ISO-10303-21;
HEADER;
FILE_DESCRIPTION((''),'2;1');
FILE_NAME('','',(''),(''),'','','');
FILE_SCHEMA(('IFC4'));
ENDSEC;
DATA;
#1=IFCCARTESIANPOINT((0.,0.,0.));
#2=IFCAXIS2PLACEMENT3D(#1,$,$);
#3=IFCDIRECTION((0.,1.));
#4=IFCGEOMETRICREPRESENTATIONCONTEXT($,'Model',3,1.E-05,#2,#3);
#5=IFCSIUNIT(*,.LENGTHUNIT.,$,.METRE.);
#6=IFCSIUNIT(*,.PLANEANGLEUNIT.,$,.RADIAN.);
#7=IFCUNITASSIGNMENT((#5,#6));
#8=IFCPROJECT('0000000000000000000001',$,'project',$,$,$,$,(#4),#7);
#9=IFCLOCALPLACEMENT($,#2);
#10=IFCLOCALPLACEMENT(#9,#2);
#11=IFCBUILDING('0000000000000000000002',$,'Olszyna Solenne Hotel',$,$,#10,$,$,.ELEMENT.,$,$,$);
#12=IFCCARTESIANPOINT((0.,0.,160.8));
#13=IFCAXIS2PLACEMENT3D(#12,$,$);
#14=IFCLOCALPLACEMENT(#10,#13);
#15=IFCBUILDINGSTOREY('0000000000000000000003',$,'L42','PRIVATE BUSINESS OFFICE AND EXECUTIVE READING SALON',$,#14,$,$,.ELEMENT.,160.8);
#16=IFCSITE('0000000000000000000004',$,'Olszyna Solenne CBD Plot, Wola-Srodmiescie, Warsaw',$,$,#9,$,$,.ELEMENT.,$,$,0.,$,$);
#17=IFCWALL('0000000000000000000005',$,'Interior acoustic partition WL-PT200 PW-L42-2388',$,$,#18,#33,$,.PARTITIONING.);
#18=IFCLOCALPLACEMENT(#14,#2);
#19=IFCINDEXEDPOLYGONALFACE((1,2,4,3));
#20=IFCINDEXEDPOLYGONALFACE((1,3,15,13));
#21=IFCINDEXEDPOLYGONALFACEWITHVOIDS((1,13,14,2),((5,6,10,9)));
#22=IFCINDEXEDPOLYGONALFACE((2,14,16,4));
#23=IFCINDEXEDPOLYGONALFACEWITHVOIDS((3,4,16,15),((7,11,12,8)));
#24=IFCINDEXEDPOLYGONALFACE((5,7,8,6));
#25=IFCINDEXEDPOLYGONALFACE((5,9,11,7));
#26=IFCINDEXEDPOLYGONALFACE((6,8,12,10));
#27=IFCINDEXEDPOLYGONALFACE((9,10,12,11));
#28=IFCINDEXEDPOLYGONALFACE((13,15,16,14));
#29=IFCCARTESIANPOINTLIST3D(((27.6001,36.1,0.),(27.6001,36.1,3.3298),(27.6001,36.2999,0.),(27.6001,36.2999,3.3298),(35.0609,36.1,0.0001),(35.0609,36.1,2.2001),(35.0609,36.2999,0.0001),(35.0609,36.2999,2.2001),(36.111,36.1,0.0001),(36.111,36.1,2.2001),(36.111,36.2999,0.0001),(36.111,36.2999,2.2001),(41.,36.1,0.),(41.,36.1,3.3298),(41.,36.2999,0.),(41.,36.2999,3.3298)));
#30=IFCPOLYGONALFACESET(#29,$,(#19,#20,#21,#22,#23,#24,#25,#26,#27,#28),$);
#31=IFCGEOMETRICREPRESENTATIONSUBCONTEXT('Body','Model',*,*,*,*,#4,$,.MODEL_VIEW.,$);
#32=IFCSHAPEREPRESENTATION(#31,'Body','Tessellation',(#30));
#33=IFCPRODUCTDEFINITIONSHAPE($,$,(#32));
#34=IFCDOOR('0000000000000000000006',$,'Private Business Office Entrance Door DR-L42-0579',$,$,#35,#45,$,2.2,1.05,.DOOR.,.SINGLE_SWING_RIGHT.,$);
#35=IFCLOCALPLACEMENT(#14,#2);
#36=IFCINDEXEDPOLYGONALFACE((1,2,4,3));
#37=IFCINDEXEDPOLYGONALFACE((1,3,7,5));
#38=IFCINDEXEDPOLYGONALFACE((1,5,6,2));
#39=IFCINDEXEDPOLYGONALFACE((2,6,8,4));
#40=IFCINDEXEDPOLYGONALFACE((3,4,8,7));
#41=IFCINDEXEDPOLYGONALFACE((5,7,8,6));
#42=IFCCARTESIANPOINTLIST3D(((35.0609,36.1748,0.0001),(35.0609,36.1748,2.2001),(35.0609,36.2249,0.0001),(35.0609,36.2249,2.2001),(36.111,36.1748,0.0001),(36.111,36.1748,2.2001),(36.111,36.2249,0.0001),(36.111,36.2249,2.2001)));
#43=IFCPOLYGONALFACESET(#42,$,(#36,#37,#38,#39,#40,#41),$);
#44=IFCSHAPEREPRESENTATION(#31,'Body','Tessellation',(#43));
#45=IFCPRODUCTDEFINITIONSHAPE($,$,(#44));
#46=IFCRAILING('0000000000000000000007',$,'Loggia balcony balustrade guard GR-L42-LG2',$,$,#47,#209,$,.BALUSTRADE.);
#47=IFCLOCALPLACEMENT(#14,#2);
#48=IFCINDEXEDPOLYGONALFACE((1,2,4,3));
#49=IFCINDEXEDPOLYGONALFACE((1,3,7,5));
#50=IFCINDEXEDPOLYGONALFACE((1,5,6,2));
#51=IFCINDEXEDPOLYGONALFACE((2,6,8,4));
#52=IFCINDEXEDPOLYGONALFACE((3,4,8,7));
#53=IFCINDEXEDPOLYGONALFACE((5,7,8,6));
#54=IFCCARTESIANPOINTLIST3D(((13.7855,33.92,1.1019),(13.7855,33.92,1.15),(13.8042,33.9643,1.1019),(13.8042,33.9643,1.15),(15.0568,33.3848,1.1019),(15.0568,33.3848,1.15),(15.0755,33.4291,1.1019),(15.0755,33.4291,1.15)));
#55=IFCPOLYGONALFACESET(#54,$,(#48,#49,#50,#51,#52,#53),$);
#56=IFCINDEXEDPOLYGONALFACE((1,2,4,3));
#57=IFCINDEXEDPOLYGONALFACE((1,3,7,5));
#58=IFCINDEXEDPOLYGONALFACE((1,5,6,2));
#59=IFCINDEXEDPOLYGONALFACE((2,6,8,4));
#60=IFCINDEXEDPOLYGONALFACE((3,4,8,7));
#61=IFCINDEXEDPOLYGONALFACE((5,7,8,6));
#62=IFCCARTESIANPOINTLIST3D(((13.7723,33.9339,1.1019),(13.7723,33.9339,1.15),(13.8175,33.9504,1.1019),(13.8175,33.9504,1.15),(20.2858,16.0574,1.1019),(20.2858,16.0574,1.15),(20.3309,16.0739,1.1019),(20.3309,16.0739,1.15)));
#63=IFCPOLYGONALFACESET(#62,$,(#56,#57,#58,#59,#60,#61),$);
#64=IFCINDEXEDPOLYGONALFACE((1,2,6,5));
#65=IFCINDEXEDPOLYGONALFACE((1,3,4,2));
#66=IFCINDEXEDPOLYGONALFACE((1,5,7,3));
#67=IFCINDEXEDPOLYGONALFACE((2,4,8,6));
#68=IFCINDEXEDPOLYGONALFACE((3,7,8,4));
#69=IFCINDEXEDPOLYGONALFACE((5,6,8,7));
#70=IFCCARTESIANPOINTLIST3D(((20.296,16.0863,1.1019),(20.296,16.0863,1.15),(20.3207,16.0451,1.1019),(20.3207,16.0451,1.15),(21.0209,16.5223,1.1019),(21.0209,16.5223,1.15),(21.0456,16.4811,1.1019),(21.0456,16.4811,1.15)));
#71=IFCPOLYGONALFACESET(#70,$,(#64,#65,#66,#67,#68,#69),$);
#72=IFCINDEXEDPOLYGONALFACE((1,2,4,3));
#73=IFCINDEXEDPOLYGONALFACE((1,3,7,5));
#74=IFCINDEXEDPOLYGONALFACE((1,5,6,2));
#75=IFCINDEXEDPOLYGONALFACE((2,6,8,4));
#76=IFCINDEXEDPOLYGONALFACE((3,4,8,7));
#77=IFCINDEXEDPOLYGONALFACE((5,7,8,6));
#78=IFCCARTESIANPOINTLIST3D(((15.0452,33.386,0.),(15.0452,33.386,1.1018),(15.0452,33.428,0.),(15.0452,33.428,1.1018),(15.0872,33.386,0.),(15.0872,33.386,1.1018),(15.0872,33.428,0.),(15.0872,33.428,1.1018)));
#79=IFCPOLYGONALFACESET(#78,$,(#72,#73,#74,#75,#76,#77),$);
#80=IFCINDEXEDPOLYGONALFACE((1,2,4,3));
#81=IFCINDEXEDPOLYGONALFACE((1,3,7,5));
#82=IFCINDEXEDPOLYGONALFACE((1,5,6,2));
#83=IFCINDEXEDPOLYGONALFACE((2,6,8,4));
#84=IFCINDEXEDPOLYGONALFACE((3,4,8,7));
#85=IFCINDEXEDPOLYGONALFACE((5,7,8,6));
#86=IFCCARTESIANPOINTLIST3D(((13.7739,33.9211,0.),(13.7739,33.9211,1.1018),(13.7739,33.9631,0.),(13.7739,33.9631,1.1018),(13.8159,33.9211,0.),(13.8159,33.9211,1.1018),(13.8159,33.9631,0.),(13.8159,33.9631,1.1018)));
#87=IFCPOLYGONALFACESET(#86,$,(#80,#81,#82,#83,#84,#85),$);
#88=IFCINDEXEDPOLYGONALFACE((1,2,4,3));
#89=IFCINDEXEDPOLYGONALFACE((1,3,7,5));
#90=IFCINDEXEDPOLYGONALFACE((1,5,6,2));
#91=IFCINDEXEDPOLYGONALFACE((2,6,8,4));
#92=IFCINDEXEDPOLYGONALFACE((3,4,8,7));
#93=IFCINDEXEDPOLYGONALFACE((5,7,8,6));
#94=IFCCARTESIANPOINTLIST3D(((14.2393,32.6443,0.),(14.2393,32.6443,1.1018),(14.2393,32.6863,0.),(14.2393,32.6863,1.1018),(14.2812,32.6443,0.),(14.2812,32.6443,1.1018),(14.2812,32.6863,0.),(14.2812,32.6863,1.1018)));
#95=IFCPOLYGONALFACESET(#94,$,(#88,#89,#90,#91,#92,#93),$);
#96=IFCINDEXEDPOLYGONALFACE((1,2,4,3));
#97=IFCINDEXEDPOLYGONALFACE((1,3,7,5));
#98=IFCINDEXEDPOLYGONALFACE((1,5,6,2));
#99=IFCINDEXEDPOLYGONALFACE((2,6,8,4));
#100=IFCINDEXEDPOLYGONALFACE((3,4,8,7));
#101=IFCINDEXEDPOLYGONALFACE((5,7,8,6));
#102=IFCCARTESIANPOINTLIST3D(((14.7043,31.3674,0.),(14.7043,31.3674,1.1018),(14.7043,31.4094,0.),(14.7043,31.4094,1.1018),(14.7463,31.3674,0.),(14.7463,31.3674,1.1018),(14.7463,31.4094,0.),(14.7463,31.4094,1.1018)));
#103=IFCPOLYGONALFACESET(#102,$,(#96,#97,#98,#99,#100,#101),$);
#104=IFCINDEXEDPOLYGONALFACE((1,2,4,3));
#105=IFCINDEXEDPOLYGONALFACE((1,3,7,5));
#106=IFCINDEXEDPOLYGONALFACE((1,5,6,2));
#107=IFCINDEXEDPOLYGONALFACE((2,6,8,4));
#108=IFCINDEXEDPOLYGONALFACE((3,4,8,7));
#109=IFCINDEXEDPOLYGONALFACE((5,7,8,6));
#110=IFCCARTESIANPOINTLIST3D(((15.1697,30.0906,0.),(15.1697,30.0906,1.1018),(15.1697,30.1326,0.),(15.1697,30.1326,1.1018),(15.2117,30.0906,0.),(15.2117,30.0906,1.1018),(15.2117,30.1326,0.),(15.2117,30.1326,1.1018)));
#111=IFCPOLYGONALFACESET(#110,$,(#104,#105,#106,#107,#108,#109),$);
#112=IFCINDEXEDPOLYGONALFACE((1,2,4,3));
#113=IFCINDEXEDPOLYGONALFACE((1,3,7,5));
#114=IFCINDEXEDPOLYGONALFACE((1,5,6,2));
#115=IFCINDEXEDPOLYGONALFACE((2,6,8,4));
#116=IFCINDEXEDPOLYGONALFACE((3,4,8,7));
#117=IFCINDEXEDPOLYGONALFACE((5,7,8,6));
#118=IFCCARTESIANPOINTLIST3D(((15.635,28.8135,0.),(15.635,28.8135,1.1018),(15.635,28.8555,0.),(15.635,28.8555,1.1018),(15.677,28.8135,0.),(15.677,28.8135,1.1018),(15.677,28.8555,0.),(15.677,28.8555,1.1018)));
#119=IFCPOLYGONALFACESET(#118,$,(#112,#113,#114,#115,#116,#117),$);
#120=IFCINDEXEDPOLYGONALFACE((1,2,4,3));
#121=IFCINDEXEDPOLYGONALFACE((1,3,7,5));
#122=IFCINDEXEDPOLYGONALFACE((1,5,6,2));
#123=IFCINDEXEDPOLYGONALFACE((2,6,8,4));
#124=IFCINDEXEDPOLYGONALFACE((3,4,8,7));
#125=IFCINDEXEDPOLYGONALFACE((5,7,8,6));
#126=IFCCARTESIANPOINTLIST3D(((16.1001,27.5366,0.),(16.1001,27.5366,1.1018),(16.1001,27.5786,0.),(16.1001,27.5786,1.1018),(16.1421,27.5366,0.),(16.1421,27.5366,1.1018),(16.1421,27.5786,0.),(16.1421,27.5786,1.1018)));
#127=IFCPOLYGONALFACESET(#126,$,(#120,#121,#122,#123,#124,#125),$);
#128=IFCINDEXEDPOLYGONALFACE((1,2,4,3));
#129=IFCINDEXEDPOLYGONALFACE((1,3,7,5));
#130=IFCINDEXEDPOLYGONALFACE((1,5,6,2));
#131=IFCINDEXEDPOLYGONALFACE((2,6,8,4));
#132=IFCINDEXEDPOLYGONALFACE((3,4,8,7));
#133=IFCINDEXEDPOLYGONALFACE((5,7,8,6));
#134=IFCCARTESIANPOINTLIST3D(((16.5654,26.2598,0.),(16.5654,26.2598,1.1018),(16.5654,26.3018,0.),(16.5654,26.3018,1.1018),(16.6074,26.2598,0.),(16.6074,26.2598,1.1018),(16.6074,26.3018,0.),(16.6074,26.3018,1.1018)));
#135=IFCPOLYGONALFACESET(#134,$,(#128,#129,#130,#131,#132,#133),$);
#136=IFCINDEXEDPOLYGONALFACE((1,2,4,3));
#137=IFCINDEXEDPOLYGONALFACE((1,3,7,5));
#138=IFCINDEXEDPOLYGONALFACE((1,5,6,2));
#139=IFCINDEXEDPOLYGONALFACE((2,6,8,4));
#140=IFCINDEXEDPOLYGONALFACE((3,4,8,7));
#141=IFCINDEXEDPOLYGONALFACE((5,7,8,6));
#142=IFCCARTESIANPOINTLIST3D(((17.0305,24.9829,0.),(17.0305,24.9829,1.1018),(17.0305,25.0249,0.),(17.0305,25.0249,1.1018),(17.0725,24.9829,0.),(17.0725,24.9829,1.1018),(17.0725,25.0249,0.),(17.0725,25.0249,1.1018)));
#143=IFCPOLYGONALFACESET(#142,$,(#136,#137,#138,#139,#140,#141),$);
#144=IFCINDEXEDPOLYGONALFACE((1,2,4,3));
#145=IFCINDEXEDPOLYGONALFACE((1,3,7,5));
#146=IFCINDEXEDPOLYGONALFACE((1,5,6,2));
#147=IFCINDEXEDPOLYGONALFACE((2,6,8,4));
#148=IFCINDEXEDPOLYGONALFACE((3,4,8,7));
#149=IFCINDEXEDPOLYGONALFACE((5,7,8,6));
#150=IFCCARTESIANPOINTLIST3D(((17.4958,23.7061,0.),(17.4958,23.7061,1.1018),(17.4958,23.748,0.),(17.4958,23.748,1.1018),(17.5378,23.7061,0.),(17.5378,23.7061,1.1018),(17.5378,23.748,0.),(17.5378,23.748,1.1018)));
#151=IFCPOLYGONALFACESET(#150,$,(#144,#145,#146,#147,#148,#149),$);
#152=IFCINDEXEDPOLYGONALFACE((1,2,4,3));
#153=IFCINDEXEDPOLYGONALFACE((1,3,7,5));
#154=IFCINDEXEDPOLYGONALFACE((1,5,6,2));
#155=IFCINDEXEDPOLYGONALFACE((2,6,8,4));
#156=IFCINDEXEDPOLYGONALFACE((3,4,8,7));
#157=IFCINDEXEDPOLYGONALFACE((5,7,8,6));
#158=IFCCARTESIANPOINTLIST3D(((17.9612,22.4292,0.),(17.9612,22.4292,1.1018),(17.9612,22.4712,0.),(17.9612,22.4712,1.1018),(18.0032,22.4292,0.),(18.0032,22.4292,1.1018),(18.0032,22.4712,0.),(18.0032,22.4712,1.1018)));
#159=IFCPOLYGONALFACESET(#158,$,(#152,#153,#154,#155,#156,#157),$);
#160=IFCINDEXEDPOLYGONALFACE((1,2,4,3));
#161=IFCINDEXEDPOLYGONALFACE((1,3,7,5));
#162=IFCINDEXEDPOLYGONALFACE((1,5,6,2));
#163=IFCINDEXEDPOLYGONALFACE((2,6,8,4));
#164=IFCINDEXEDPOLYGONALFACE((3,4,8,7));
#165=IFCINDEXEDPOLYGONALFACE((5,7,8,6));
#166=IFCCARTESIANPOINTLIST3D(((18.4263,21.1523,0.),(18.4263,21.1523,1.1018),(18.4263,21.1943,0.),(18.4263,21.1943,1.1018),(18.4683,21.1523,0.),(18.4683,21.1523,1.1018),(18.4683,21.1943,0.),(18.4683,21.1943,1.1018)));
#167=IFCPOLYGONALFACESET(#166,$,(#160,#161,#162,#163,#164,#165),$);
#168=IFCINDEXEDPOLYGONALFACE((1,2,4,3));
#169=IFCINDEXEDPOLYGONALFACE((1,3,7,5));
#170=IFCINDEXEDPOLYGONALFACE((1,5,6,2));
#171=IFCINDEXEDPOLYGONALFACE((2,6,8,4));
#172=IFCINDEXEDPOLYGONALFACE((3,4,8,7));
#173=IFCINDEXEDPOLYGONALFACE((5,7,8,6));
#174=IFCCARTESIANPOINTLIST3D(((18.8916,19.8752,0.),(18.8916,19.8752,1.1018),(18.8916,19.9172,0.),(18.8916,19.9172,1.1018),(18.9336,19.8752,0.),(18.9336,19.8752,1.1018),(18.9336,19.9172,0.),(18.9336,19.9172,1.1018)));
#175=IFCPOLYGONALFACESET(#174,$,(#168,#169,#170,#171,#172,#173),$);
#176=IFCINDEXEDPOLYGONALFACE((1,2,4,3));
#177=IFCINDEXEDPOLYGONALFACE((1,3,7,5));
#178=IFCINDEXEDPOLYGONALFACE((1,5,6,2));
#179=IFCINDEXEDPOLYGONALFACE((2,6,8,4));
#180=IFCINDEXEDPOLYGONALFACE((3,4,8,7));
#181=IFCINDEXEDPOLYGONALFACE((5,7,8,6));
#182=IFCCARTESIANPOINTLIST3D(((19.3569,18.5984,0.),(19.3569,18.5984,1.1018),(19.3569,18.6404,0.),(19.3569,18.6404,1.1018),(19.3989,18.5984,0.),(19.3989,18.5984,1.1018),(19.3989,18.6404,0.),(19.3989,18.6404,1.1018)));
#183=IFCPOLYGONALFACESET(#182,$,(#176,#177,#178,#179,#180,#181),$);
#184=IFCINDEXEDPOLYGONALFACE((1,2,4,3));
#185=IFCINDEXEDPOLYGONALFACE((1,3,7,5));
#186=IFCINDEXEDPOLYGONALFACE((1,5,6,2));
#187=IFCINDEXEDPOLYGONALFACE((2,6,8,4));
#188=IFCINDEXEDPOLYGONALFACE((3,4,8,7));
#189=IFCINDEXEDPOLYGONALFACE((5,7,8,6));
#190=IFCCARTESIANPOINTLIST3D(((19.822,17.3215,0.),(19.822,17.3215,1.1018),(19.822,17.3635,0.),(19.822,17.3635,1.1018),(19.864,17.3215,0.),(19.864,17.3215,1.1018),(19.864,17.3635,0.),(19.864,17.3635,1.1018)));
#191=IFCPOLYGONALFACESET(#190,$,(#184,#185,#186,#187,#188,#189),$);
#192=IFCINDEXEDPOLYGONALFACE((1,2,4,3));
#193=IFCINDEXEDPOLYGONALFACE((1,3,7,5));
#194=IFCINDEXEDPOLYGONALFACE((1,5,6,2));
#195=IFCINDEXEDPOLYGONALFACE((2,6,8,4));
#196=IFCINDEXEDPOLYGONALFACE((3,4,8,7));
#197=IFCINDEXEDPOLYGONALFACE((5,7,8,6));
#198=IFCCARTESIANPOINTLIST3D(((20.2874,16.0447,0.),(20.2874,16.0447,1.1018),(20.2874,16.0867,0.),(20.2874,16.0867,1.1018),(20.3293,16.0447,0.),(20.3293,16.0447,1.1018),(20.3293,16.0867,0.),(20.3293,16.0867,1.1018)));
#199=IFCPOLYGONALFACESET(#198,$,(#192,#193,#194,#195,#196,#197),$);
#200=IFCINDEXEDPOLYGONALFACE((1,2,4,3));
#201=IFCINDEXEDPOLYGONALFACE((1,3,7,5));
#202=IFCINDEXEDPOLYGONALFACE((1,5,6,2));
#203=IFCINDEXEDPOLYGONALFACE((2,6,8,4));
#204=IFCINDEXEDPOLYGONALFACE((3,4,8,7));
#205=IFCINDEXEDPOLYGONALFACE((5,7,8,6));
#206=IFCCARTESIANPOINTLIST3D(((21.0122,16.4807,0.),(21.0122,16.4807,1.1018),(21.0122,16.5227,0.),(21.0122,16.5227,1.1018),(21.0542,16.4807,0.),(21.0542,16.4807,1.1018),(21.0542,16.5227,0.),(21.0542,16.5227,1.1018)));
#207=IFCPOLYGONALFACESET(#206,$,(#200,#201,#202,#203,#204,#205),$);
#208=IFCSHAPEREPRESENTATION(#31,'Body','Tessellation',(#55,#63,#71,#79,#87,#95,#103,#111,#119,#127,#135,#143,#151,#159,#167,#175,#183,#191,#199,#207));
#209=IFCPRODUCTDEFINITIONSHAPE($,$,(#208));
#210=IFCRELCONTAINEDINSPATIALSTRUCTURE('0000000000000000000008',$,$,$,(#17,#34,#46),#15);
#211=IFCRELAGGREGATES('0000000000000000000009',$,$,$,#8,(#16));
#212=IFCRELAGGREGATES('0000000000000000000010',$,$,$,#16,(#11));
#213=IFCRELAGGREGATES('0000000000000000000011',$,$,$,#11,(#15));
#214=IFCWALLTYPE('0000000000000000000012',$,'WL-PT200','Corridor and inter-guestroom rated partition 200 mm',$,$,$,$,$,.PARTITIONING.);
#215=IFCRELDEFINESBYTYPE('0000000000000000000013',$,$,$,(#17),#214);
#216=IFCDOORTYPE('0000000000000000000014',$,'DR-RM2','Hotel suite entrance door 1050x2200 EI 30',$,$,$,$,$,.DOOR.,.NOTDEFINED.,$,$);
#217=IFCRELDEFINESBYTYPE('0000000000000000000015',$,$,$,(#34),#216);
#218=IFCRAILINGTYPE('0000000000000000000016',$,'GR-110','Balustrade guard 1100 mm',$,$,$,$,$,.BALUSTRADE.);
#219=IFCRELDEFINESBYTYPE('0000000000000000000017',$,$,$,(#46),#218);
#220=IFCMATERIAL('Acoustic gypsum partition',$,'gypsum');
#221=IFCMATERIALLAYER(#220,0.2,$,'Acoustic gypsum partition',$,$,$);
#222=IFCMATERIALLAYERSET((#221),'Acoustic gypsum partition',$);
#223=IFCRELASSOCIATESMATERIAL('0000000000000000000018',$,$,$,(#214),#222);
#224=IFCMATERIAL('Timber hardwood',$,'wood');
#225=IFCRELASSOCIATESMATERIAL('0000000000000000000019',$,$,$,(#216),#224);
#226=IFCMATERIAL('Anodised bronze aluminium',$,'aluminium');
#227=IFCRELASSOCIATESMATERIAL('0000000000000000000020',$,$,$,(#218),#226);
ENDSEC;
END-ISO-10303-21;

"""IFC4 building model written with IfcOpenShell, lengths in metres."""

from ifc_helpers import new_model, si_unit, direction, frame, frame_2d, origin, origin_2d, place, context, subcontext, project, spatial, rectangle, extrude, source, transform, mapped, material, layer, layer_set, type_object, type_shapes, element, fill, save


model = new_model("IFC4")

# Units and contexts
model_context = context("Model", 3, precision=1e-05, world=origin(), true_north=direction((0.0, 1.0)))
body_context = subcontext(model_context, "Body", "Model", "MODEL_VIEW")
ifc_project = project(units=[si_unit("LENGTHUNIT", "METRE"), si_unit("PLANEANGLEUNIT", "RADIAN")], contexts=[model_context])

# Site, building, storey
site_placement = place(None, origin())
site = spatial("IfcSite", under=ifc_project, at=site_placement, Name="Olszyna Solenne CBD Plot, Wola-Srodmiescie, Warsaw", CompositionType="ELEMENT", RefElevation=0.0)
building_placement = place(site_placement, origin())
building = spatial("IfcBuilding", under=site, at=building_placement, Name="Olszyna Solenne Hotel", CompositionType="ELEMENT")
storey_placement = place(building_placement, frame((0.0, 0.0, 160.8)))
storey = spatial("IfcBuildingStorey", under=building, at=storey_placement, Name="L42", Description="PRIVATE BUSINESS OFFICE AND EXECUTIVE READING SALON", CompositionType="ELEMENT", Elevation=160.8)

# Shared definitions
ifc_material_1 = material(Name="Acoustic gypsum partition", Category="gypsum")
ifc_layer_1 = layer(ifc_material_1, 0.2, Name="Acoustic gypsum partition")
ifc_layer_set_1 = layer_set([ifc_layer_1], Name="Acoustic gypsum partition")
wall_type_1 = type_object("IfcWallType", Name="WL-PT200", Description="Corridor and inter-guestroom rated partition 200 mm", PredefinedType="PARTITIONING", material=ifc_layer_set_1)

# Wall, opening, door
wall_1_placement = place(storey_placement, frame((27.6001, 36.2, 0.0), z_axis=(0.0, 0.0, 1.0), x_axis=(1.0, 0.0, 0.0)))
wall_1 = element("IfcWall", 1, at=wall_1_placement, inside=storey, type_object=wall_type_1, Name="Interior acoustic partition WL-PT200 PW-L42-2388", PredefinedType="PARTITIONING", context=body_context, shape_type="SweptSolid", body=[
    extrude(rectangle(XDim=13.3999, YDim=0.2, at=frame_2d((6.7, 0.0))), origin(), (0.0, 0.0, 1.0), 3.3298),
])
opening_1_placement = place(wall_1_placement, frame((7.4609, 0.0, 0.0)))
opening_1 = element("IfcOpeningElement", 2, at=opening_1_placement, cuts=wall_1, PredefinedType="OPENING", context=body_context, shape_type="SweptSolid", body=[
    extrude(rectangle(XDim=1.05, YDim=2.2, at=frame_2d((0.5249, 1.1001))), frame((0.0, 0.1099, 0.0), z_axis=(0.0, -1.0, 0.0), x_axis=(1.0, 0.0, 0.0)), (0.0, 0.0, 1.0), 0.22),
])
ifc_material_2 = material(Name="Timber hardwood", Category="wood")
door_type_1 = type_object("IfcDoorType", Name="DR-RM2", Description="Hotel suite entrance door 1050x2200 EI 30", OperationType="NOTDEFINED", PredefinedType="DOOR", material=ifc_material_2)
shared_shape_1 = source(origin(), body_context, "Body", "SweptSolid", [
    extrude(rectangle(XDim=1.05, YDim=2.2, at=frame_2d((0.5249, 1.1001))), frame((0.0, 0.0249, 0.0), z_axis=(0.0, -1.0, 0.0), x_axis=(1.0, 0.0, 0.0)), (0.0, 0.0, 1.0), 0.05),
])
type_shapes(door_type_1, [shared_shape_1])
door_1_placement = place(opening_1_placement, origin())
door_1 = element("IfcDoor", 3, at=door_1_placement, inside=storey, type_object=door_type_1, Name="Private Business Office Entrance Door DR-L42-0579", OperationType="SINGLE_SWING_RIGHT", OverallHeight=2.2, OverallWidth=1.05, PredefinedType="DOOR", context=body_context, shape_type="MappedRepresentation", body=[
    mapped(shared_shape_1, transform((0.0, 0.0, 0.0), x_axis=(1.0, 0.0, 0.0), y_axis=(0.0, 1.0, 0.0), z_axis=(0.0, 0.0, 1.0), scale=1.0)),
])
fill(opening_1, door_1)

# Railing
ifc_material_3 = material(Name="Anodised bronze aluminium", Category="aluminium")
railing_type = type_object("IfcRailingType", Name="GR-110", Description="Balustrade guard 1100 mm", PredefinedType="BALUSTRADE", material=ifc_material_3)
railing_placement = place(storey_placement, frame((15.0662, 33.407, 0.0)))
element("IfcRailing", 4, at=railing_placement, inside=storey, type_object=railing_type, Name="Loggia balcony balustrade guard GR-L42-LG2", PredefinedType="BALUSTRADE", context=body_context, shape_type="SweptSolid", body=[
    extrude(rectangle(XDim=0.0481, YDim=0.0481, at=origin_2d()), frame((0.0, 0.0, 1.126), z_axis=(-0.921662, 0.387994, 0.0), x_axis=(-0.387994, -0.921662, 0.0)), (0.0, 0.0, 1.0), 1.3794),
    extrude(rectangle(XDim=0.0481, YDim=0.0481, at=origin_2d()), frame((-1.2712, 0.5352, 1.126), z_axis=(0.342342, -0.939576, 0.0), x_axis=(0.939576, 0.342342, 0.0)), (0.0, 0.0, 1.0), 19.0261),
    extrude(rectangle(XDim=0.0481, YDim=0.0481, at=origin_2d()), frame((5.2422, -17.3413, 1.126), z_axis=(0.856907, 0.515472, 0.0), x_axis=(-0.515472, 0.856907, 0.0)), (0.0, 0.0, 1.0), 0.8459),
    extrude(rectangle(XDim=0.042, YDim=0.042, at=origin_2d()), origin(), (0.0, 0.0, 1.0), 1.1018),
    extrude(rectangle(XDim=0.042, YDim=0.042, at=origin_2d()), frame((-1.2712, 0.5352, 0.0)), (0.0, 0.0, 1.0), 1.1018),
    extrude(rectangle(XDim=0.042, YDim=0.042, at=origin_2d()), frame((-0.8059, -0.7417, 0.0)), (0.0, 0.0, 1.0), 1.1018),
    extrude(rectangle(XDim=0.042, YDim=0.042, at=origin_2d()), frame((-0.3408, -2.0186, 0.0)), (0.0, 0.0, 1.0), 1.1018),
    extrude(rectangle(XDim=0.042, YDim=0.042, at=origin_2d()), frame((0.1245, -3.2954, 0.0)), (0.0, 0.0, 1.0), 1.1018),
    extrude(rectangle(XDim=0.042, YDim=0.042, at=origin_2d()), frame((0.5898, -4.5725, 0.0)), (0.0, 0.0, 1.0), 1.1018),
    extrude(rectangle(XDim=0.042, YDim=0.042, at=origin_2d()), frame((1.0549, -5.8494, 0.0)), (0.0, 0.0, 1.0), 1.1018),
    extrude(rectangle(XDim=0.042, YDim=0.042, at=origin_2d()), frame((1.5203, -7.1262, 0.0)), (0.0, 0.0, 1.0), 1.1018),
    extrude(rectangle(XDim=0.042, YDim=0.042, at=origin_2d()), frame((1.9854, -8.4031, 0.0)), (0.0, 0.0, 1.0), 1.1018),
    extrude(rectangle(XDim=0.042, YDim=0.042, at=origin_2d()), frame((2.4507, -9.6799, 0.0)), (0.0, 0.0, 1.0), 1.1018),
    extrude(rectangle(XDim=0.042, YDim=0.042, at=origin_2d()), frame((2.916, -10.9568, 0.0)), (0.0, 0.0, 1.0), 1.1018),
    extrude(rectangle(XDim=0.042, YDim=0.042, at=origin_2d()), frame((3.3811, -12.2336, 0.0)), (0.0, 0.0, 1.0), 1.1018),
    extrude(rectangle(XDim=0.042, YDim=0.042, at=origin_2d()), frame((3.8464, -13.5107, 0.0)), (0.0, 0.0, 1.0), 1.1018),
    extrude(rectangle(XDim=0.042, YDim=0.042, at=origin_2d()), frame((4.3118, -14.7876, 0.0)), (0.0, 0.0, 1.0), 1.1018),
    extrude(rectangle(XDim=0.042, YDim=0.042, at=origin_2d()), frame((4.7769, -16.0645, 0.0)), (0.0, 0.0, 1.0), 1.1018),
    extrude(rectangle(XDim=0.042, YDim=0.042, at=origin_2d()), frame((5.2422, -17.3413, 0.0)), (0.0, 0.0, 1.0), 1.1018),
    extrude(rectangle(XDim=0.042, YDim=0.042, at=origin_2d()), frame((5.967, -16.9053, 0.0)), (0.0, 0.0, 1.0), 1.1018),
])

save(model, "model.ifc")
